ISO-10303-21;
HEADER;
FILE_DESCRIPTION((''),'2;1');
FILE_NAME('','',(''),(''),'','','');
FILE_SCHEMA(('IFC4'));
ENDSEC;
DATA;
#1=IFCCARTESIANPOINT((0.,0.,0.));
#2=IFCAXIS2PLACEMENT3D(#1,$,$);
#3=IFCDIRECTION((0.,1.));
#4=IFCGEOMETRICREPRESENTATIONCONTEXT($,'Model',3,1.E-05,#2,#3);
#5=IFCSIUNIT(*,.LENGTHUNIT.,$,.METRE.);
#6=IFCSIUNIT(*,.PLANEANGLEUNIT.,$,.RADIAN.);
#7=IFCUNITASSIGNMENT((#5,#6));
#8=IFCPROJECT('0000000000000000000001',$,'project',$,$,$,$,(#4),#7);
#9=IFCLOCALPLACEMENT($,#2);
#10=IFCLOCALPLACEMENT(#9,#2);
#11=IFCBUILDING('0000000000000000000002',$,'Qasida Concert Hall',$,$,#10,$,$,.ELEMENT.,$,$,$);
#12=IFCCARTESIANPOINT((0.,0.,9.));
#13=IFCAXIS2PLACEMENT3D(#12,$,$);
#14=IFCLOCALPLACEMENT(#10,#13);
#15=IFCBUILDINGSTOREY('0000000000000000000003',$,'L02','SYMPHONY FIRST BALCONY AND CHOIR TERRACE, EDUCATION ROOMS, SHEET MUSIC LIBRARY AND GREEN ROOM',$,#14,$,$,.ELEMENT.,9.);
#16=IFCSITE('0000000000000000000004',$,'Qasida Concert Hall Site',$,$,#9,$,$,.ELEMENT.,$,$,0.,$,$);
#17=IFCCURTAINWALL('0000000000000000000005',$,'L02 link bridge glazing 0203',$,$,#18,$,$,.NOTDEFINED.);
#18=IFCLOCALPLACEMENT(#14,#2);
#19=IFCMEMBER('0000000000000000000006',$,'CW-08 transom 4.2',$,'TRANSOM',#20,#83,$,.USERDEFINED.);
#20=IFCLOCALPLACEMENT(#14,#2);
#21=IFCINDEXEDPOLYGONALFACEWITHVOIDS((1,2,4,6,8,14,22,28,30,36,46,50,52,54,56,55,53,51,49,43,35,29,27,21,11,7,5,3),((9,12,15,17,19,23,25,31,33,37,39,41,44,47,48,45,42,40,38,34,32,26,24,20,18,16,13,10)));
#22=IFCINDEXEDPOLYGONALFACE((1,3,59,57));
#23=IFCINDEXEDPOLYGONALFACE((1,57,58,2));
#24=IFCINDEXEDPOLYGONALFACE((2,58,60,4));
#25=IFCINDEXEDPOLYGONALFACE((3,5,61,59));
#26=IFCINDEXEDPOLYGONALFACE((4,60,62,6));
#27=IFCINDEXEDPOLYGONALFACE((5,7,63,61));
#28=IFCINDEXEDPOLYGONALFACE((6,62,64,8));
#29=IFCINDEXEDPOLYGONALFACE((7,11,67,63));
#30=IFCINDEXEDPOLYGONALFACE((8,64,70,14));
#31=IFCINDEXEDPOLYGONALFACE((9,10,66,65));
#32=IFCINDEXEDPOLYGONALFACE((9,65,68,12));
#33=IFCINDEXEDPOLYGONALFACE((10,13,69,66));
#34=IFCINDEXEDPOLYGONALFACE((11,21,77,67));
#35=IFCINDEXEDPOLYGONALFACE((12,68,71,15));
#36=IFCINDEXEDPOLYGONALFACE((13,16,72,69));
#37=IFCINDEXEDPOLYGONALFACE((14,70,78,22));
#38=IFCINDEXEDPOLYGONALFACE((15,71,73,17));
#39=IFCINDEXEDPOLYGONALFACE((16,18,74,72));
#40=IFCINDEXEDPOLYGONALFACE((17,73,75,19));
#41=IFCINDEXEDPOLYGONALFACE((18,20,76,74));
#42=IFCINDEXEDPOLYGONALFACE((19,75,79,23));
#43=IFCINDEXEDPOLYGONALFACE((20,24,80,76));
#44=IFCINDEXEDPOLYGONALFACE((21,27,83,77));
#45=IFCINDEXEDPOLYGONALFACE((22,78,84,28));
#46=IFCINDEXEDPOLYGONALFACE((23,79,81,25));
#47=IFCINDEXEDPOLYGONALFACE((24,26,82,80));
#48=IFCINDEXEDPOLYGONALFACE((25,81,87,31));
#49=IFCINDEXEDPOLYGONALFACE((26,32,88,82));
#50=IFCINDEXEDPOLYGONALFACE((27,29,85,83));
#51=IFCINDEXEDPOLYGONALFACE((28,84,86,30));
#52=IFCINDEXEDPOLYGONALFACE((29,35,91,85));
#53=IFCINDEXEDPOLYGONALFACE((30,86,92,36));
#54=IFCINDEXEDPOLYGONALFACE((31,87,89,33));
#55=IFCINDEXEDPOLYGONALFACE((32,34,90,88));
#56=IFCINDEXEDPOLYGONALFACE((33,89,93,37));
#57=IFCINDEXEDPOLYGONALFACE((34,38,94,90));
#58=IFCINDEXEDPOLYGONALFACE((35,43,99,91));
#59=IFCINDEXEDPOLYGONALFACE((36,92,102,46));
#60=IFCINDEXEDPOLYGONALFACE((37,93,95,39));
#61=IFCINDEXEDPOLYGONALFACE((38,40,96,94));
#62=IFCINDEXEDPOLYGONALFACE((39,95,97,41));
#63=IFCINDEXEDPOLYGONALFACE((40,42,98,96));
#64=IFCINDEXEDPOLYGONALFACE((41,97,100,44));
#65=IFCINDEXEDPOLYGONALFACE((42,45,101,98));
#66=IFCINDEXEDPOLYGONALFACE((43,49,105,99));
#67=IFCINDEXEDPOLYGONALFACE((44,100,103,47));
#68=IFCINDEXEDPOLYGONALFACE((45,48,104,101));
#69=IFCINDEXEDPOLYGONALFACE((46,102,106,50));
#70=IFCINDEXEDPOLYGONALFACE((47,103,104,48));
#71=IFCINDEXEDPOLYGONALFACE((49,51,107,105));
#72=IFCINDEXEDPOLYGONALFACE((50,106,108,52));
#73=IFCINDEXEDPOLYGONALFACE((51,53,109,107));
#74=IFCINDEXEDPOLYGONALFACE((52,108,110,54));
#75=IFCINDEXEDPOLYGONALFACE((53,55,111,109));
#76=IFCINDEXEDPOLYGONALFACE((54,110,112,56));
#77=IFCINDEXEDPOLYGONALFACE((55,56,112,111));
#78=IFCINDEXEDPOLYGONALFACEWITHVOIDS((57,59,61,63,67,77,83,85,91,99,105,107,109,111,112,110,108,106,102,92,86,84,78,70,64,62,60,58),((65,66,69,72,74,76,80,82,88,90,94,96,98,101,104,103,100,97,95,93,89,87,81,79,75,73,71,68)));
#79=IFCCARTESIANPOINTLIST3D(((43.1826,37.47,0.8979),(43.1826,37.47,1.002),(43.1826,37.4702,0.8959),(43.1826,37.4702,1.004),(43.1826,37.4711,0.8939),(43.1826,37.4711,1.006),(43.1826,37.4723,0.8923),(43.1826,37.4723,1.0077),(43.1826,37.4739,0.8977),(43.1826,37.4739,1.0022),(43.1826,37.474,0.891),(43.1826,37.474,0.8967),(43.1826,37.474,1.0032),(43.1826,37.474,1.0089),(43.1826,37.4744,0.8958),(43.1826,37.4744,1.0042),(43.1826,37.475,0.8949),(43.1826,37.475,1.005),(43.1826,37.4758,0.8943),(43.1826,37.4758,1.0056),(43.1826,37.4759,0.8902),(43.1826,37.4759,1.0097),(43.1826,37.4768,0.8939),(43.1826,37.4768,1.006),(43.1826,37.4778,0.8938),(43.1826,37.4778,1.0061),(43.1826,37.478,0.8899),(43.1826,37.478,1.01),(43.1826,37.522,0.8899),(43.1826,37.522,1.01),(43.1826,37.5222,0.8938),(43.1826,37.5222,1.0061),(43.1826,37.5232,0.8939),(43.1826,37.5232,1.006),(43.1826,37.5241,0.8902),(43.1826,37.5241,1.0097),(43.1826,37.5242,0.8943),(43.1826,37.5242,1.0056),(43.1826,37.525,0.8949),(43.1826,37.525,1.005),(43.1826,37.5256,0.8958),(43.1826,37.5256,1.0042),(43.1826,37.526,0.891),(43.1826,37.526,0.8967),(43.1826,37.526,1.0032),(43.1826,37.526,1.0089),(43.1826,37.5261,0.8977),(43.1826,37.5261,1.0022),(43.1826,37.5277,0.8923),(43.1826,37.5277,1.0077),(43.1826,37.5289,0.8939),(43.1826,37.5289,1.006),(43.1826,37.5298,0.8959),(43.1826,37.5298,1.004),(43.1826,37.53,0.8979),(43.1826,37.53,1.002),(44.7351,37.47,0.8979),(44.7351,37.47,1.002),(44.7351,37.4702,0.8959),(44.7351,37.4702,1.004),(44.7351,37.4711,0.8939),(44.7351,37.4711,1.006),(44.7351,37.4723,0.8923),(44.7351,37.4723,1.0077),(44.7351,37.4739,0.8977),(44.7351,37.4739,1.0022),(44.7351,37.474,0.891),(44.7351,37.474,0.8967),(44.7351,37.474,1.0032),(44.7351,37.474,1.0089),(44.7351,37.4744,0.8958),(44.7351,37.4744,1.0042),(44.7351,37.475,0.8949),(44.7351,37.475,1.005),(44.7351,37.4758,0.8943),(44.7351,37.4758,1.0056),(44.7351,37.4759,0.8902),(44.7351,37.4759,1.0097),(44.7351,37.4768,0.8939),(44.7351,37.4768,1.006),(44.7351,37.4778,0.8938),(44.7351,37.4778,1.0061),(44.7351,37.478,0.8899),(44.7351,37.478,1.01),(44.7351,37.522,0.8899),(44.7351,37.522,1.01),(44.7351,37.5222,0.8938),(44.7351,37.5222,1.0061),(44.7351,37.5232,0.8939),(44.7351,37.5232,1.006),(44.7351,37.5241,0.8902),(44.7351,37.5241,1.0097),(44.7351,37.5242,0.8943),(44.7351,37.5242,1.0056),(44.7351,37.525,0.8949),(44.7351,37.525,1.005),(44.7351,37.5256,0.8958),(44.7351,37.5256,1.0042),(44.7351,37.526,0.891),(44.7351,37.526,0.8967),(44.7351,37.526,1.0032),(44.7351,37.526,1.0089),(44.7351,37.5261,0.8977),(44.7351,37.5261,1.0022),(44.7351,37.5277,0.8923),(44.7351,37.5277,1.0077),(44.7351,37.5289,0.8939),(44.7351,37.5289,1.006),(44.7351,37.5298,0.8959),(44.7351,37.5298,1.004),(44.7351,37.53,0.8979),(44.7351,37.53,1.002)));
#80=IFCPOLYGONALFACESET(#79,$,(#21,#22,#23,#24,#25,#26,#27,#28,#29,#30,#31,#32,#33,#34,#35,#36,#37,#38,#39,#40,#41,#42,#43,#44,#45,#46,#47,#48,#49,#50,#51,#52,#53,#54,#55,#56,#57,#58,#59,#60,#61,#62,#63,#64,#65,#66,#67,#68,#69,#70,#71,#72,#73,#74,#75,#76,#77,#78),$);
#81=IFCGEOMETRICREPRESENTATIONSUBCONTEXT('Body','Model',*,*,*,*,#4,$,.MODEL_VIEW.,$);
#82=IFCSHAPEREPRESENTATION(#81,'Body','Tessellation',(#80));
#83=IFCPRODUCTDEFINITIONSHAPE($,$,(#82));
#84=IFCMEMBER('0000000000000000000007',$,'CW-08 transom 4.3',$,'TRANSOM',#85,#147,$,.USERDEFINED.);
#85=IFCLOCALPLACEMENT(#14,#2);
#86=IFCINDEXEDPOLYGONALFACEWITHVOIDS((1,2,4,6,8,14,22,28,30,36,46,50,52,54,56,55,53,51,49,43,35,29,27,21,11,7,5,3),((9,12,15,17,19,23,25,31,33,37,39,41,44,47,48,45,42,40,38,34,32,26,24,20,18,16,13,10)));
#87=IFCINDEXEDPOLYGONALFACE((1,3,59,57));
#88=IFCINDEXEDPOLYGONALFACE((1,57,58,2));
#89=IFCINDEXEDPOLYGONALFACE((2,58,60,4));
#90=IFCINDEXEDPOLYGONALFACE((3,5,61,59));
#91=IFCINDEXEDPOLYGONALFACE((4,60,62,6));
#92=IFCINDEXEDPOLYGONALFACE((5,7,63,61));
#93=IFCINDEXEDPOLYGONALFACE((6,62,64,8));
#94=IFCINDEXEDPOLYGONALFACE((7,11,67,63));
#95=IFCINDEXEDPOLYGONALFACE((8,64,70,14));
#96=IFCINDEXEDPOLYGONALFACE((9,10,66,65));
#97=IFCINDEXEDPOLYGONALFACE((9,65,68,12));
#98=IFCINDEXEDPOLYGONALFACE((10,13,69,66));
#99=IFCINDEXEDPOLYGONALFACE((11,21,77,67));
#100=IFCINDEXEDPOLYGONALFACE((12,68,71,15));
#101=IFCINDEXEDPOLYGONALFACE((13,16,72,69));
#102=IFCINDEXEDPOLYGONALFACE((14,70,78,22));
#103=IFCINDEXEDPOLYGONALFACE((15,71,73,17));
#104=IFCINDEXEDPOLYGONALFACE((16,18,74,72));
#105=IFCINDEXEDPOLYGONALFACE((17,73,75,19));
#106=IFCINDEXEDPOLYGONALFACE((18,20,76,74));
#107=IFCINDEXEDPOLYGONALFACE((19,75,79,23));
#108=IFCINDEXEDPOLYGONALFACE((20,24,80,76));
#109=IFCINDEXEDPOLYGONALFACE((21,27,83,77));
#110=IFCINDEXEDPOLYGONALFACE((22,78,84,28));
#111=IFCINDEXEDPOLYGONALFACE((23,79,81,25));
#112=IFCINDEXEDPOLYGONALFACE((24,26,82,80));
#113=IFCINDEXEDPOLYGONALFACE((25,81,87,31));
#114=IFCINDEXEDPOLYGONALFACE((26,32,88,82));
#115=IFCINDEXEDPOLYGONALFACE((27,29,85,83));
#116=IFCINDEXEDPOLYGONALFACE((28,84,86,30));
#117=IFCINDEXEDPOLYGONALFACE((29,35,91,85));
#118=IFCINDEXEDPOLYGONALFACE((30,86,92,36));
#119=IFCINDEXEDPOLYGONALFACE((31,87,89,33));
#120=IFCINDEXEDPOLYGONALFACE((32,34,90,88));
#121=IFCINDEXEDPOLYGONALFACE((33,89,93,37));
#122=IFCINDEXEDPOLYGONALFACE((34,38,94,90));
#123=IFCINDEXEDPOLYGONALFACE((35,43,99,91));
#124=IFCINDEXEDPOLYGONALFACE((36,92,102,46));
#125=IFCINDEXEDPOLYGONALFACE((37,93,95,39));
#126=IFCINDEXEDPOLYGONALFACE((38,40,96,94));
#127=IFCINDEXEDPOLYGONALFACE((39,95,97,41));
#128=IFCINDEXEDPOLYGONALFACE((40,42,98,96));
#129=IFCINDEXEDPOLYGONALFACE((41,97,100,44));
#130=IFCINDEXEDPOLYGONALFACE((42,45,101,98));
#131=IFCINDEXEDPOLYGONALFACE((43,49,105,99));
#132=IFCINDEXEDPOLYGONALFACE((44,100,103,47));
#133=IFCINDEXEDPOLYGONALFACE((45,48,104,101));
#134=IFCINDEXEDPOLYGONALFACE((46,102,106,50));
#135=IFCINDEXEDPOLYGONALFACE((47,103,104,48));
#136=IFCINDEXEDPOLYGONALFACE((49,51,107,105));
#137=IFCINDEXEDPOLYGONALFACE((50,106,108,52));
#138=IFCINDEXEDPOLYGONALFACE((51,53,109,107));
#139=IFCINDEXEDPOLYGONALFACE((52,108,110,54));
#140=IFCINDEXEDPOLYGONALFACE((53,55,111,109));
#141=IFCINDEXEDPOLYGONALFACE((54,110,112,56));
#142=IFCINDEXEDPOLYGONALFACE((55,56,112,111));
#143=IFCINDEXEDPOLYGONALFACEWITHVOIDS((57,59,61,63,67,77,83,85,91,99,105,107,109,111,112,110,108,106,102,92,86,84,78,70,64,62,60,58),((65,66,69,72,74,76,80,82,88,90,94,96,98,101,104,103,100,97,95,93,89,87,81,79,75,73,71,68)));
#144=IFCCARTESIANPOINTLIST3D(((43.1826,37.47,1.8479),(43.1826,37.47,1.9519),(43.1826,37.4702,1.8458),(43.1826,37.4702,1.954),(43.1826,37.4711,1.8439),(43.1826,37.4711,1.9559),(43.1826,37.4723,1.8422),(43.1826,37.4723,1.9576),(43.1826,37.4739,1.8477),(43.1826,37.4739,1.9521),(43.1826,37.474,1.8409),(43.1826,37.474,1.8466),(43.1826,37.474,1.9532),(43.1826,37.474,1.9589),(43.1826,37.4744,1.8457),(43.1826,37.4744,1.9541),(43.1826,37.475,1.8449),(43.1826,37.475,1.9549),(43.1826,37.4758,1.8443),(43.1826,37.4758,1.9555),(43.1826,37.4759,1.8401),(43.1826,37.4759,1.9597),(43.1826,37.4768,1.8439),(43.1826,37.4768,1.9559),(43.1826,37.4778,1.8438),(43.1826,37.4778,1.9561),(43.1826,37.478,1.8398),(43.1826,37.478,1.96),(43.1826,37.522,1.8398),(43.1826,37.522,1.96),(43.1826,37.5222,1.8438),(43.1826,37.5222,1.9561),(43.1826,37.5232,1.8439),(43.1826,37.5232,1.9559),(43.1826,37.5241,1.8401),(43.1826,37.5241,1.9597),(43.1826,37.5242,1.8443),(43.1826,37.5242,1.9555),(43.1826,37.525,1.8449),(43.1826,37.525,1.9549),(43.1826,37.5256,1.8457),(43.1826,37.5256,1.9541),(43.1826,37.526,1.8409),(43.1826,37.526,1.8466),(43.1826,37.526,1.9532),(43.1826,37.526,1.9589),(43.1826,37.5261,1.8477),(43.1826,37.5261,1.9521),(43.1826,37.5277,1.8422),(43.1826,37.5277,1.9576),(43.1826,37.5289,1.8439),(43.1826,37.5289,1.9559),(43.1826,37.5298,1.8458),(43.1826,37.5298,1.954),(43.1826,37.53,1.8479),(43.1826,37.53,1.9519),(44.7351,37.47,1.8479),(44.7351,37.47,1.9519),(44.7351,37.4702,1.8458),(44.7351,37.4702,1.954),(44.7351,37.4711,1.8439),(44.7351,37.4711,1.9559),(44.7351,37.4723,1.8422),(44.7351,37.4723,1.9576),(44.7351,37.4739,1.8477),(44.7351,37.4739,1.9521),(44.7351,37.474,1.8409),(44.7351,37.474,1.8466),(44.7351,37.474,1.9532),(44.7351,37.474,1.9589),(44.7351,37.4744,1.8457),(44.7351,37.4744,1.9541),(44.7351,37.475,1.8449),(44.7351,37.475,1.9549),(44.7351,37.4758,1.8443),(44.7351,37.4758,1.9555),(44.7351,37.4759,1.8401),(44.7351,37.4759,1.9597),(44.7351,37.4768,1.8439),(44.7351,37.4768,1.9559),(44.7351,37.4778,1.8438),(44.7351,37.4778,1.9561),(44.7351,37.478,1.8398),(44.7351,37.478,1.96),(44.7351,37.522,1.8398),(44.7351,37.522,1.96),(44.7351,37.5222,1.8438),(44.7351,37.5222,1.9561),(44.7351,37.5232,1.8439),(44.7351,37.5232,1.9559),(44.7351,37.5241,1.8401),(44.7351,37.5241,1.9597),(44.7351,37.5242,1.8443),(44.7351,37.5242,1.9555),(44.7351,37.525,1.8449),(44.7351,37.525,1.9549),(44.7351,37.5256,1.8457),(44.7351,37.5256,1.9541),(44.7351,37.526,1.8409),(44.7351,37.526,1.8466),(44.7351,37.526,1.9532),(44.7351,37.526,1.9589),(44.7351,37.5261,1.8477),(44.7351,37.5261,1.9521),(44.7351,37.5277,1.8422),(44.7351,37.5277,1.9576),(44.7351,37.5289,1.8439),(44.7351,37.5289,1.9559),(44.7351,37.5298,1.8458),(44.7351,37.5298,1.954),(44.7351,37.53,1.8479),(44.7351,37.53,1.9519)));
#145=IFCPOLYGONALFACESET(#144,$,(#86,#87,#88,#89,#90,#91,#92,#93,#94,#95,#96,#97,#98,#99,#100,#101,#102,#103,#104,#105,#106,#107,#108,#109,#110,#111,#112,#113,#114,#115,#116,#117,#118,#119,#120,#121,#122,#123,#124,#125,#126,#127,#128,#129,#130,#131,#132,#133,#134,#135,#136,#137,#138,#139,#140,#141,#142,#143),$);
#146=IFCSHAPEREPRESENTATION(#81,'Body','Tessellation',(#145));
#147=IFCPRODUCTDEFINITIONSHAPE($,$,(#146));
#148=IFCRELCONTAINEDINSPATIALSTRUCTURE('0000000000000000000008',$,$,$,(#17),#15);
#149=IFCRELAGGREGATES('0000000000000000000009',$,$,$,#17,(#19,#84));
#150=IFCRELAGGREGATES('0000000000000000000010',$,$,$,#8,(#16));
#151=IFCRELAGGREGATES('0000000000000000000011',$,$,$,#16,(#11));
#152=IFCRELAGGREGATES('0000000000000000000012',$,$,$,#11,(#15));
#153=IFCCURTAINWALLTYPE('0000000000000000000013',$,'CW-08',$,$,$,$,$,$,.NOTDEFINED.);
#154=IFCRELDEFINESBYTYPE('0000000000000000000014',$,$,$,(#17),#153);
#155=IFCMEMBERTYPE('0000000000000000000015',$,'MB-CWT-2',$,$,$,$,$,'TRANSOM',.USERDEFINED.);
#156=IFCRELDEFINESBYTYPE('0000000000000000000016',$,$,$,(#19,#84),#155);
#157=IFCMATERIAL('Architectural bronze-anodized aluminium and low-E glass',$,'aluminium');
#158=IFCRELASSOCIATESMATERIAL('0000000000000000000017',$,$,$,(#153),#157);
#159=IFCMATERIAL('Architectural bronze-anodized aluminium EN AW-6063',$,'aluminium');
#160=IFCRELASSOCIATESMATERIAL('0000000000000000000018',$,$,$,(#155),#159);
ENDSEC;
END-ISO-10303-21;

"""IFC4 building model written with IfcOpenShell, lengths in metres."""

from ifc_helpers import new_model, si_unit, direction, frame, origin, origin_2d, place, context, subcontext, project, spatial, hollow_rectangle, extrude, material, material_profile, profile_set, type_object, element, aggregate, save


model = new_model("IFC4")

# Units and contexts
model_context = context("Model", 3, precision=1e-05, world=origin(), true_north=direction((0.0, 1.0)))
body_context = subcontext(model_context, "Body", "Model", "MODEL_VIEW")
ifc_project = project(units=[si_unit("LENGTHUNIT", "METRE"), si_unit("PLANEANGLEUNIT", "RADIAN")], contexts=[model_context])

# Site, building, storey
site_placement = place(None, origin())
site = spatial("IfcSite", under=ifc_project, at=site_placement, Name="Qasida Concert Hall Site", CompositionType="ELEMENT", RefElevation=0.0)
building_placement = place(site_placement, origin())
building = spatial("IfcBuilding", under=site, at=building_placement, Name="Qasida Concert Hall", CompositionType="ELEMENT")
storey_placement = place(building_placement, frame((0.0, 0.0, 9.0)))
storey = spatial("IfcBuildingStorey", under=building, at=storey_placement, Name="L02", Description="SYMPHONY FIRST BALCONY AND CHOIR TERRACE, EDUCATION ROOMS, SHEET MUSIC LIBRARY AND GREEN ROOM", CompositionType="ELEMENT", Elevation=9.0)

# Curtain wall, members
ifc_material_1 = material(Name="Architectural bronze-anodized aluminium and low-E glass", Category="aluminium")
curtain_wall_type = type_object("IfcCurtainWallType", Name="CW-08", PredefinedType="NOTDEFINED", material=ifc_material_1)
curtain_wall_placement = place(storey_placement, origin())
curtain_wall = element("IfcCurtainWall", 1, at=curtain_wall_placement, inside=storey, type_object=curtain_wall_type, Name="L02 link bridge glazing 0203", PredefinedType="NOTDEFINED")
ifc_material_2 = material(Name="Architectural bronze-anodized aluminium EN AW-6063", Category="aluminium")
ifc_material_profile_1 = material_profile(ifc_material_2, hollow_rectangle(XDim=0.0601, YDim=0.1201, WallThickness=0.0039, InnerFilletRadius=0.0039, OuterFilletRadius=0.0081, at=origin_2d()), Name="CWT 120x60x4")
ifc_profile_set_1 = profile_set([ifc_material_profile_1], Name="Architectural bronze-anodized aluminium EN AW-6063")
member_type_1 = type_object("IfcMemberType", Name="MB-CWT-2", ElementType="TRANSOM", PredefinedType="USERDEFINED", material=ifc_profile_set_1)
member_1_placement = place(storey_placement, frame((43.1826, 37.5, 0.95), z_axis=(1.0, 0.0, 0.0), x_axis=(0.0, 1.0, 0.0)))
member_1 = element("IfcMember", 2, at=member_1_placement, type_object=member_type_1, Name="CW-08 transom 4.2", ObjectType="TRANSOM", PredefinedType="USERDEFINED", context=body_context, shape_type="SweptSolid", body=[
    extrude(hollow_rectangle(XDim=0.0601, YDim=0.1201, WallThickness=0.0039, InnerFilletRadius=0.0039, OuterFilletRadius=0.0081, at=origin_2d()), origin(), (0.0, 0.0, 1.0), 1.5525),
])
member_2_placement = place(storey_placement, frame((43.1826, 37.5, 1.8999), z_axis=(1.0, 0.0, 0.0), x_axis=(0.0, 1.0, 0.0)))
member_2 = element("IfcMember", 3, at=member_2_placement, type_object=member_type_1, Name="CW-08 transom 4.3", ObjectType="TRANSOM", PredefinedType="USERDEFINED", context=body_context, shape_type="SweptSolid", body=[
    extrude(hollow_rectangle(XDim=0.0601, YDim=0.1201, WallThickness=0.0039, InnerFilletRadius=0.0039, OuterFilletRadius=0.0081, at=origin_2d()), origin(), (0.0, 0.0, 1.0), 1.5525),
])
aggregate(curtain_wall, [member_1, member_2])

save(model, "model.ifc")
